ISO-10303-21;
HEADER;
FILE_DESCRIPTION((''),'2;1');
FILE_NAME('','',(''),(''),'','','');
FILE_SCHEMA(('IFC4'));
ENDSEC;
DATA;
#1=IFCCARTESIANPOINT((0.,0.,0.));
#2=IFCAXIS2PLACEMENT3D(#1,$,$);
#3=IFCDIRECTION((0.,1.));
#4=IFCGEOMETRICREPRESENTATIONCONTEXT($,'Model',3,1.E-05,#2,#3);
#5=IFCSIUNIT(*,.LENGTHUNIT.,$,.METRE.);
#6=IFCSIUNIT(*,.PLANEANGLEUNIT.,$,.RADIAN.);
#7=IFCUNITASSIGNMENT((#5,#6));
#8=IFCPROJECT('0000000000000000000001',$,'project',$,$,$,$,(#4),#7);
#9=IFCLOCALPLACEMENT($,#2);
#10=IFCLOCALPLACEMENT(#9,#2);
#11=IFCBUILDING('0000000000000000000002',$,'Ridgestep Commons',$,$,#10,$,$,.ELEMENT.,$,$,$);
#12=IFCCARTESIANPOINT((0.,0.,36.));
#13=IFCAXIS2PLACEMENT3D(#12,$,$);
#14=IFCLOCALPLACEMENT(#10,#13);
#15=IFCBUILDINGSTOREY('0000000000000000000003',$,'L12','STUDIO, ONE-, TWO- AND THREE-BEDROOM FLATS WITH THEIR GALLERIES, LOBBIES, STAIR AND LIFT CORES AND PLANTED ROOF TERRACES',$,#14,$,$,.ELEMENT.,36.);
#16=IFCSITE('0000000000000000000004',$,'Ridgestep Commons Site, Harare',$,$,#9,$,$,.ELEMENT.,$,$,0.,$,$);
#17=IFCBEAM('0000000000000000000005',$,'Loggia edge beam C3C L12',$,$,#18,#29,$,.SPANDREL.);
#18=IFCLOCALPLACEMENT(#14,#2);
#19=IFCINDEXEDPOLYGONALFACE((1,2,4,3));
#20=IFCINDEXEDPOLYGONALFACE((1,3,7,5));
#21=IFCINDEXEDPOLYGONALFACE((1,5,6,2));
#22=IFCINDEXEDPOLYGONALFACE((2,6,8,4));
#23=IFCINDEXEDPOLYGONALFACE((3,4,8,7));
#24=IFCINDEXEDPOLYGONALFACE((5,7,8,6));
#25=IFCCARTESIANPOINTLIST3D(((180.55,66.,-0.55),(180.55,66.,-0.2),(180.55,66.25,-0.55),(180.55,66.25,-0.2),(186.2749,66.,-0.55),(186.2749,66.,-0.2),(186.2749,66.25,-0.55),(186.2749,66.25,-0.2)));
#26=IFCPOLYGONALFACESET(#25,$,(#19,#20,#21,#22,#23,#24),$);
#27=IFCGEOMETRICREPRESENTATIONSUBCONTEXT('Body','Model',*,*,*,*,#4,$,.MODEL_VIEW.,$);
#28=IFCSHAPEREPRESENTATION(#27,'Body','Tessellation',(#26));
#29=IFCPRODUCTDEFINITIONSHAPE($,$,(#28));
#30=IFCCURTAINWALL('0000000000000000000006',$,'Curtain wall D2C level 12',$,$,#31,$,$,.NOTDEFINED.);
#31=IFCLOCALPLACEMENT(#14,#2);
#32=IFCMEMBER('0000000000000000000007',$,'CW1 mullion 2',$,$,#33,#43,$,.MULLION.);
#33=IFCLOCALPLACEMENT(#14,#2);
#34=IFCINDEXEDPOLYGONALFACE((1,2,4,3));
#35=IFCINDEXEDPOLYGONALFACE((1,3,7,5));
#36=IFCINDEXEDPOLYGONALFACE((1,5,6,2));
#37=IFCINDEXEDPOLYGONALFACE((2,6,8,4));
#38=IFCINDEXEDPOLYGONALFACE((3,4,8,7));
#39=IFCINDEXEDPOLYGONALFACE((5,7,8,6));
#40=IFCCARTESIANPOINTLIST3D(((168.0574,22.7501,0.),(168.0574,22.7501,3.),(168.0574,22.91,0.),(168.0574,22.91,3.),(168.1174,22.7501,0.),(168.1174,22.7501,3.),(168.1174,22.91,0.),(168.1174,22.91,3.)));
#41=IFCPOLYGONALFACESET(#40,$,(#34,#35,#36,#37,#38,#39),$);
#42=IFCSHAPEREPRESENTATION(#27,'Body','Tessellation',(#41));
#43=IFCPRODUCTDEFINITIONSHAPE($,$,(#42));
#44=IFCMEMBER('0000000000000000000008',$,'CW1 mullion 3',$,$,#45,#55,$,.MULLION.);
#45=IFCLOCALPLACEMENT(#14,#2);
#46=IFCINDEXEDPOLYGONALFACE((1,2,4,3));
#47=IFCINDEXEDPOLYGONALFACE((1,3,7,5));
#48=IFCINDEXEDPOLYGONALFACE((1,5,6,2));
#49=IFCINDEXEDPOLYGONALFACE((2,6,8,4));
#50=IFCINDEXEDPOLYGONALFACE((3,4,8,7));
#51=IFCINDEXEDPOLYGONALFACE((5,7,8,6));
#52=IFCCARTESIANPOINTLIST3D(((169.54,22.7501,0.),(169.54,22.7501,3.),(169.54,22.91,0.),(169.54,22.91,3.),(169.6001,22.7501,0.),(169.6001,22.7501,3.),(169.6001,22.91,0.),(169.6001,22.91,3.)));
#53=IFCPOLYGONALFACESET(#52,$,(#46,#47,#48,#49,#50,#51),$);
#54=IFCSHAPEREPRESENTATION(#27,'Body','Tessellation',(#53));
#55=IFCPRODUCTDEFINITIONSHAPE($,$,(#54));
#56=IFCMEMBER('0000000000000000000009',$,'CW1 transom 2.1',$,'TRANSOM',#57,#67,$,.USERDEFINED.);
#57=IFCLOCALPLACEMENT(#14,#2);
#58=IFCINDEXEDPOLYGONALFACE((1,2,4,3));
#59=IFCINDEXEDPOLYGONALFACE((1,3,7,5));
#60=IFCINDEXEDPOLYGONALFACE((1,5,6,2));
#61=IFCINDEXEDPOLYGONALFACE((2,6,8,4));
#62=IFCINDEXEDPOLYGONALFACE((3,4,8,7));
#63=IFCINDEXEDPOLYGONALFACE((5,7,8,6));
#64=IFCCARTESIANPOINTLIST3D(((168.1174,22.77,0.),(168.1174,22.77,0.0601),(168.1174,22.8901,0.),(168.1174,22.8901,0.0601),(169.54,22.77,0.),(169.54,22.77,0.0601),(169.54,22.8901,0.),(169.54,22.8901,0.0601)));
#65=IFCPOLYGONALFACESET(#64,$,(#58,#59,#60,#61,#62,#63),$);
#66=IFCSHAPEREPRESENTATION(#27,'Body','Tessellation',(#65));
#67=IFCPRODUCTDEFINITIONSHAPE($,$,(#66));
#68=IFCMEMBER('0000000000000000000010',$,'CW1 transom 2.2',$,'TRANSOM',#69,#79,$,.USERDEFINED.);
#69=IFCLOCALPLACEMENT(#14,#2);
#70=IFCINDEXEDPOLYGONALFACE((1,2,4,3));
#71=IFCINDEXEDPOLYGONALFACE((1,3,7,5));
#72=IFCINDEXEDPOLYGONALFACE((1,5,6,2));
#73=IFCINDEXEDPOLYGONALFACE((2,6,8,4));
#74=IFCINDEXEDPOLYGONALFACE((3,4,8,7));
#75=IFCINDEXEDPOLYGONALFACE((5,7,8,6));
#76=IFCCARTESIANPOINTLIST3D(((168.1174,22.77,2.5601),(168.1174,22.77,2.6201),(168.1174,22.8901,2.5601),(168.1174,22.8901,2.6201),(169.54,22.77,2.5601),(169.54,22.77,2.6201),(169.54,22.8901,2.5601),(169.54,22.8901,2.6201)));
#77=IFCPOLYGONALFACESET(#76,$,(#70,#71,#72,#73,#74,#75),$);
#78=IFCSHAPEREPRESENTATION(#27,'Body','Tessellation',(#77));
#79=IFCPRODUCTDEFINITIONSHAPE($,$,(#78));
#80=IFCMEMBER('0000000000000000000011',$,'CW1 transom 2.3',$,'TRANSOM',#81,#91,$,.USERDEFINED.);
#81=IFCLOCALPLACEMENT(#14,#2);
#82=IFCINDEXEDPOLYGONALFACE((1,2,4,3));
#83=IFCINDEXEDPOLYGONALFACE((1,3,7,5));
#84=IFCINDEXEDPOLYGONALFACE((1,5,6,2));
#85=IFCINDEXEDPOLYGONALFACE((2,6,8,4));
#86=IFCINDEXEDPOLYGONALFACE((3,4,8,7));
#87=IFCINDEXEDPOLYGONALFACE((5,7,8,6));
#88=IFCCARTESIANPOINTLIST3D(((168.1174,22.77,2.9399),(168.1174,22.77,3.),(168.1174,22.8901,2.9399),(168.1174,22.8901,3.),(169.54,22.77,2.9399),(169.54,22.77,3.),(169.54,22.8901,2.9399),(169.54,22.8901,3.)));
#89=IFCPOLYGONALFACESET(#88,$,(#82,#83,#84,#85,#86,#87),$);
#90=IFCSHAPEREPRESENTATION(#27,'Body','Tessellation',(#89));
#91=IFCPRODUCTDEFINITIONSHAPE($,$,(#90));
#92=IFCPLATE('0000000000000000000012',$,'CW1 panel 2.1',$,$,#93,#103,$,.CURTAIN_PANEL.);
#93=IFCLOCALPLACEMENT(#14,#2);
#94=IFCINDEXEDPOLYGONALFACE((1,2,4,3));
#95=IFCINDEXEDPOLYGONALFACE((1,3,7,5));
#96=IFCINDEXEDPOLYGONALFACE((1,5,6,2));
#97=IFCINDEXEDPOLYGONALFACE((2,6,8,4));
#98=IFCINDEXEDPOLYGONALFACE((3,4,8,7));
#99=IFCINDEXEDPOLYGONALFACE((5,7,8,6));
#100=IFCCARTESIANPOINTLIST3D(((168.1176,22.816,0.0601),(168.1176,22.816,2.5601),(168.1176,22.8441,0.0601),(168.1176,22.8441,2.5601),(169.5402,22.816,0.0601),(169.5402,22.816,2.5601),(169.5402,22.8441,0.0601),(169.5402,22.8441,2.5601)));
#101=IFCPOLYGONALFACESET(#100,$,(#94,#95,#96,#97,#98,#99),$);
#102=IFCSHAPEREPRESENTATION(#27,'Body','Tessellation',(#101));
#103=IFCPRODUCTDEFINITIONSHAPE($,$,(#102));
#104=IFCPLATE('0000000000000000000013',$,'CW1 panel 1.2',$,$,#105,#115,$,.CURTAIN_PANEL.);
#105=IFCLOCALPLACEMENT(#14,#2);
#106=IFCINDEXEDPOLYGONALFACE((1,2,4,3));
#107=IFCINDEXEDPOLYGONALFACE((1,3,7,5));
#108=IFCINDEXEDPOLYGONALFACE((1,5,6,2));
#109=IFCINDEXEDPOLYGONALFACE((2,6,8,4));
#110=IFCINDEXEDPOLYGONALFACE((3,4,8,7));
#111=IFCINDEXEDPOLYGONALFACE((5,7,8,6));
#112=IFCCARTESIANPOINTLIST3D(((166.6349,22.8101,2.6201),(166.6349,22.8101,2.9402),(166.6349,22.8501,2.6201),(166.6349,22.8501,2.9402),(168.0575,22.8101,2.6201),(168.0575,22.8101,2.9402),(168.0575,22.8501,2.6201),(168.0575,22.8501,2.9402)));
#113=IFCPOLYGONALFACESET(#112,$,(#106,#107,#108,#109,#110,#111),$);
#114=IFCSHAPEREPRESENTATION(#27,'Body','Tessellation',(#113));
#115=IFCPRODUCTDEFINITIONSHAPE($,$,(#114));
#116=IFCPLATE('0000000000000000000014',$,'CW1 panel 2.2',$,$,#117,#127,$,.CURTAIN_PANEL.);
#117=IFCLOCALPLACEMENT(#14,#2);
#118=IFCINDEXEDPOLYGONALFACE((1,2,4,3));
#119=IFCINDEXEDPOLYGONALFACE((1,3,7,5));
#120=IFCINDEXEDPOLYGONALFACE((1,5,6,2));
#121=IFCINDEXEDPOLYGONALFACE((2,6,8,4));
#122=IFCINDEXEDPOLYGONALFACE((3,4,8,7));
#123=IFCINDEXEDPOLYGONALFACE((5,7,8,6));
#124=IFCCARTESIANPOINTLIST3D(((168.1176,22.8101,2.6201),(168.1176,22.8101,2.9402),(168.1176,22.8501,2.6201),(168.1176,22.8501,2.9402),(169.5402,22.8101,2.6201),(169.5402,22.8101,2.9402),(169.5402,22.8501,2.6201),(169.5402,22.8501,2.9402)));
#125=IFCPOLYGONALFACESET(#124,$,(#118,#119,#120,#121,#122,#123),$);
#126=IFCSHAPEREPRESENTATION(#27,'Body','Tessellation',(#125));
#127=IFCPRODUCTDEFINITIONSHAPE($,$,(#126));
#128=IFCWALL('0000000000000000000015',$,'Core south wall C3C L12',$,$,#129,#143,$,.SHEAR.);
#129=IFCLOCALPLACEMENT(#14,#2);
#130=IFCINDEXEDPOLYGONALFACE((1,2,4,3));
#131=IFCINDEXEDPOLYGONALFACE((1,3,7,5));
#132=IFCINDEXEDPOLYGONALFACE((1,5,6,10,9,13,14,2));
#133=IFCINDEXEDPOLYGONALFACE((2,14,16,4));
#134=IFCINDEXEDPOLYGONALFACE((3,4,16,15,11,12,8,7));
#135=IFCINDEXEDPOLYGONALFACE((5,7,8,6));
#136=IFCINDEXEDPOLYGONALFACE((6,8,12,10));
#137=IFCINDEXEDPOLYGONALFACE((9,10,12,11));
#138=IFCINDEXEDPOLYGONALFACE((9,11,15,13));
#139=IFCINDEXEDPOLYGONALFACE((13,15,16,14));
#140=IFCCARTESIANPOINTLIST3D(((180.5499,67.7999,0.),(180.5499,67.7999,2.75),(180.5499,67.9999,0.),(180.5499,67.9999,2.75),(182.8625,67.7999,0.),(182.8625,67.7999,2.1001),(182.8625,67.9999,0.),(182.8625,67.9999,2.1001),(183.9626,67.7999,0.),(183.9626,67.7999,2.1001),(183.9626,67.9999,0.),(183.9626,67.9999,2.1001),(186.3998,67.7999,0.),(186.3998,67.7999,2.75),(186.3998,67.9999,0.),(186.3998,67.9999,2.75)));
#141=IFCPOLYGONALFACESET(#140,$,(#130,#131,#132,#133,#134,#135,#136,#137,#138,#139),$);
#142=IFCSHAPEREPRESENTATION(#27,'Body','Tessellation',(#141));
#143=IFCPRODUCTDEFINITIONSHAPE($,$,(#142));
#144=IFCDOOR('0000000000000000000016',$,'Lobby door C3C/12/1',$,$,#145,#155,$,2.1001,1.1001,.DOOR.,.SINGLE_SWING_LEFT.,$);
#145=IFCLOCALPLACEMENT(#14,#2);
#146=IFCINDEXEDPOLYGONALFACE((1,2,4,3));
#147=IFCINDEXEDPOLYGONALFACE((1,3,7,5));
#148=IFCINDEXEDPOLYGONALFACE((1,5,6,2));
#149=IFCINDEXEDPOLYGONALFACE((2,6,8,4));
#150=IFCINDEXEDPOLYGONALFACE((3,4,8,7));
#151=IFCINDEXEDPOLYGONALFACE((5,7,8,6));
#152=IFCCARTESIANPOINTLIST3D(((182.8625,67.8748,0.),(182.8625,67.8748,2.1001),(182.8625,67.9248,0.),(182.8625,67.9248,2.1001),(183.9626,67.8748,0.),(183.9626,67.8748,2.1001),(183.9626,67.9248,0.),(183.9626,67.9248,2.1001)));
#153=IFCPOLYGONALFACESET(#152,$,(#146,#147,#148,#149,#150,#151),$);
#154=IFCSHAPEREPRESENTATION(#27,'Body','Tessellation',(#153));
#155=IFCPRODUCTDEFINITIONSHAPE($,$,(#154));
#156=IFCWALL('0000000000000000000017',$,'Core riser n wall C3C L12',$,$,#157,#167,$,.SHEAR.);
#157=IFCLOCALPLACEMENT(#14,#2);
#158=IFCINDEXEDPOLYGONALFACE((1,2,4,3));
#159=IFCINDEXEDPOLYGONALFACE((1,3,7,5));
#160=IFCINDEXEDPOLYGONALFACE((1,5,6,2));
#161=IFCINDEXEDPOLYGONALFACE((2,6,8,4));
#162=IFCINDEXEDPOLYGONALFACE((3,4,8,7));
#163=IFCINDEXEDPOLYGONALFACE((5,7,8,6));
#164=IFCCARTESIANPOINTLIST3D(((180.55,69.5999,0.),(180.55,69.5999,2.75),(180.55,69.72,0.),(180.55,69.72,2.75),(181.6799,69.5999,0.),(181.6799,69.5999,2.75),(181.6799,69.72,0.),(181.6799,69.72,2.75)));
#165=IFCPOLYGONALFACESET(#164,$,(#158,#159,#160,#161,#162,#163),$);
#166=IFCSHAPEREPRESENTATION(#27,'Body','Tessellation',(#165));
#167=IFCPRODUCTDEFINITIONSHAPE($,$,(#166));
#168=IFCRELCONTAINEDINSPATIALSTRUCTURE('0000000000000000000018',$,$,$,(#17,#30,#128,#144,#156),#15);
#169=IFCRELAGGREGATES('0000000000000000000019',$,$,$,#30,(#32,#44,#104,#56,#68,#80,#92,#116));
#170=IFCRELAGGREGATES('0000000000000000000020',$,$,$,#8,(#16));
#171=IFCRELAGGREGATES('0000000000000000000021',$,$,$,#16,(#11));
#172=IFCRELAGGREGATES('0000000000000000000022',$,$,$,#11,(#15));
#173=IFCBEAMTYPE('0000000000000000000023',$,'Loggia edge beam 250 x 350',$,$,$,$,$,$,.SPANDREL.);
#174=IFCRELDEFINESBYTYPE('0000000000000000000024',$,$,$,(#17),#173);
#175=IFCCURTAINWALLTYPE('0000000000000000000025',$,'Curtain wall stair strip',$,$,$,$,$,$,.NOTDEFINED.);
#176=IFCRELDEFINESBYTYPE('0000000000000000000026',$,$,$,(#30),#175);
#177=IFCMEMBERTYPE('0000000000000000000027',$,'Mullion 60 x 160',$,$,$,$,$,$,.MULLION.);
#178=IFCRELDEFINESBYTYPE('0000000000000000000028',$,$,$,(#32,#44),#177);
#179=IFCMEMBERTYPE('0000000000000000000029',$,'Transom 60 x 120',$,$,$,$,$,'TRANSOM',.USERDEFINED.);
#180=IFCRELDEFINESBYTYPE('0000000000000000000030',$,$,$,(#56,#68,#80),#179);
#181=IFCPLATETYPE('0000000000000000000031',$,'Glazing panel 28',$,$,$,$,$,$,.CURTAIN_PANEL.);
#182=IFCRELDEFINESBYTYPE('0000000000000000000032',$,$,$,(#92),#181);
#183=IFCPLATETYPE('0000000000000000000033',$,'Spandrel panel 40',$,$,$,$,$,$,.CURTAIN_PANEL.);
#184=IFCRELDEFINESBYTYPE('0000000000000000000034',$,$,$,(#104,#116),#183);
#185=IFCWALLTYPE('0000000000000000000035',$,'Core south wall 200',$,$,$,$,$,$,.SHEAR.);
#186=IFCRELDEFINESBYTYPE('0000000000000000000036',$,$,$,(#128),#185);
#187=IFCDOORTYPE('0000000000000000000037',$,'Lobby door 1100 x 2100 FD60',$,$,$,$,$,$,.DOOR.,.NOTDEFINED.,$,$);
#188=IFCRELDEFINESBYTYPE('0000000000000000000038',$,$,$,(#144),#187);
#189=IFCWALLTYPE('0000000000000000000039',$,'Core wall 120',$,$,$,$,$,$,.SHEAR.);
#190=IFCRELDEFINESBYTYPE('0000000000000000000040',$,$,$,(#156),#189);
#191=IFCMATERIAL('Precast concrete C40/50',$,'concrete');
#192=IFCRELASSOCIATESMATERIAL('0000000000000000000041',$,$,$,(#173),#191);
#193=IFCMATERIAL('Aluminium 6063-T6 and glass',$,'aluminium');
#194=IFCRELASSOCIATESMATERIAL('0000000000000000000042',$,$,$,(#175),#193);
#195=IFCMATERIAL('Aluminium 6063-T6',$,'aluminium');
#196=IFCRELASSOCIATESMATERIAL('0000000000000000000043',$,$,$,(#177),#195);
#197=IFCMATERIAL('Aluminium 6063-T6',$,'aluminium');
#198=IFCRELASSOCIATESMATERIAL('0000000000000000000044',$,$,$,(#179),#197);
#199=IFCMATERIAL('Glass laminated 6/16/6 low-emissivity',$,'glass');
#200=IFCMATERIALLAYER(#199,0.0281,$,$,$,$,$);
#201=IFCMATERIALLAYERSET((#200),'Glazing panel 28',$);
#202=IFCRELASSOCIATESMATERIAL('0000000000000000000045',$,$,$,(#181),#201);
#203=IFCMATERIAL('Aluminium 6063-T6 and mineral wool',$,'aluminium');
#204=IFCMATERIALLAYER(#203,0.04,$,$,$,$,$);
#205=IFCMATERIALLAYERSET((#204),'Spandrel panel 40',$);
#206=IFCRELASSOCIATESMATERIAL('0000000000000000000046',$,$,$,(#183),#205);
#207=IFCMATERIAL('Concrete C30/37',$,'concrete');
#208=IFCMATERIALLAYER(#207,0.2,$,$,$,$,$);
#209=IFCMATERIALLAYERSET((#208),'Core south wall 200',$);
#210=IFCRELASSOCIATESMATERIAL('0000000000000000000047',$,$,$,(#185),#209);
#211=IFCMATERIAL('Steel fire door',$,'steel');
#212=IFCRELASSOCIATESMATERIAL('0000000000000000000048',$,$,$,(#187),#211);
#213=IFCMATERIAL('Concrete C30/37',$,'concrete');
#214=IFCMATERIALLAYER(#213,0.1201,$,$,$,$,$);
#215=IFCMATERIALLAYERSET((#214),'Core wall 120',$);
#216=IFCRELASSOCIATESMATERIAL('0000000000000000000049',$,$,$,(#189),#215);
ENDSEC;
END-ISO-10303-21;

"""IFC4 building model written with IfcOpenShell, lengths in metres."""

from ifc_helpers import new_model, si_unit, direction, frame, frame_2d, origin, origin_2d, place, context, subcontext, project, spatial, rectangle, extrude, material, layer, layer_set, material_profile, profile_set, type_object, element, fill, aggregate, save


model = new_model("IFC4")

# Units and contexts
model_context = context("Model", 3, precision=1e-05, world=origin(), true_north=direction((0.0, 1.0)))
body_context = subcontext(model_context, "Body", "Model", "MODEL_VIEW")
ifc_project = project(units=[si_unit("LENGTHUNIT", "METRE"), si_unit("PLANEANGLEUNIT", "RADIAN")], contexts=[model_context])

# Site, building, storey
site_placement = place(None, origin())
site = spatial("IfcSite", under=ifc_project, at=site_placement, Name="Ridgestep Commons Site, Harare", CompositionType="ELEMENT", RefElevation=0.0)
building_placement = place(site_placement, origin())
building = spatial("IfcBuilding", under=site, at=building_placement, Name="Ridgestep Commons", CompositionType="ELEMENT")
storey_placement = place(building_placement, frame((0.0, 0.0, 36.0)))
storey = spatial("IfcBuildingStorey", under=building, at=storey_placement, Name="L12", Description="STUDIO, ONE-, TWO- AND THREE-BEDROOM FLATS WITH THEIR GALLERIES, LOBBIES, STAIR AND LIFT CORES AND PLANTED ROOF TERRACES", CompositionType="ELEMENT", Elevation=36.0)

# Beam
ifc_material_1 = material(Name="Precast concrete C40/50", Category="concrete")
ifc_material_profile_1 = material_profile(ifc_material_1, rectangle(XDim=0.25, YDim=0.3501, at=origin_2d()), Name="PC 250x350")
ifc_profile_set_1 = profile_set([ifc_material_profile_1], Name="Precast concrete C40/50")
beam_type = type_object("IfcBeamType", Name="Loggia edge beam 250 x 350", PredefinedType="SPANDREL", material=ifc_profile_set_1)
beam_placement = place(storey_placement, frame((180.55, 66.125, -0.375), z_axis=(1.0, 0.0, 0.0), x_axis=(0.0, 1.0, 0.0)))
element("IfcBeam", 1, at=beam_placement, inside=storey, type_object=beam_type, Name="Loggia edge beam C3C L12", PredefinedType="SPANDREL", context=body_context, shape_type="SweptSolid", body=[
    extrude(rectangle(XDim=0.25, YDim=0.3501, at=origin_2d()), origin(), (0.0, 0.0, 1.0), 5.7249),
])

# Curtain wall, members, plates
ifc_material_2 = material(Name="Aluminium 6063-T6 and glass", Category="aluminium")
curtain_wall_type = type_object("IfcCurtainWallType", Name="Curtain wall stair strip", PredefinedType="NOTDEFINED", material=ifc_material_2)
curtain_wall_placement = place(storey_placement, origin())
curtain_wall = element("IfcCurtainWall", 2, at=curtain_wall_placement, inside=storey, type_object=curtain_wall_type, Name="Curtain wall D2C level 12", PredefinedType="NOTDEFINED")
ifc_material_3 = material(Name="Aluminium 6063-T6", Category="aluminium")
ifc_material_profile_2 = material_profile(ifc_material_3, rectangle(XDim=0.1599, YDim=0.0601, at=origin_2d()), Name="Mullion 60 x 160")
ifc_profile_set_2 = profile_set([ifc_material_profile_2], Name="Aluminium 6063-T6")
member_type_1 = type_object("IfcMemberType", Name="Mullion 60 x 160", PredefinedType="MULLION", material=ifc_profile_set_2)
member_1_placement = place(storey_placement, frame((168.0874, 22.8301, 0.0), z_axis=(0.0, 0.0, 1.0), x_axis=(0.0, 1.0, 0.0)))
member_1 = element("IfcMember", 3, at=member_1_placement, type_object=member_type_1, Name="CW1 mullion 2", PredefinedType="MULLION", context=body_context, shape_type="SweptSolid", body=[
    extrude(rectangle(XDim=0.1599, YDim=0.0601, at=origin_2d()), origin(), (0.0, 0.0, 1.0), 3.0),
])
member_2_placement = place(storey_placement, frame((169.5701, 22.8301, 0.0), z_axis=(0.0, 0.0, 1.0), x_axis=(0.0, 1.0, 0.0)))
member_2 = element("IfcMember", 4, at=member_2_placement, type_object=member_type_1, Name="CW1 mullion 3", PredefinedType="MULLION", context=body_context, shape_type="SweptSolid", body=[
    extrude(rectangle(XDim=0.1599, YDim=0.0601, at=origin_2d()), origin(), (0.0, 0.0, 1.0), 3.0),
])
ifc_material_4 = material(Name="Aluminium 6063-T6", Category="aluminium")
ifc_material_profile_3 = material_profile(ifc_material_4, rectangle(XDim=0.1201, YDim=0.0601, at=origin_2d()), Name="Transom 60 x 120")
ifc_profile_set_3 = profile_set([ifc_material_profile_3], Name="Aluminium 6063-T6")
member_type_2 = type_object("IfcMemberType", Name="Transom 60 x 120", ElementType="TRANSOM", PredefinedType="USERDEFINED", material=ifc_profile_set_3)
member_3_placement = place(storey_placement, frame((168.1174, 22.8301, 0.03), z_axis=(1.0, 0.0, 0.0), x_axis=(0.0, 1.0, 0.0)))
member_3 = element("IfcMember", 5, at=member_3_placement, type_object=member_type_2, Name="CW1 transom 2.1", ObjectType="TRANSOM", PredefinedType="USERDEFINED", context=body_context, shape_type="SweptSolid", body=[
    extrude(rectangle(XDim=0.1201, YDim=0.0601, at=origin_2d()), origin(), (0.0, 0.0, 1.0), 1.4226),
])
member_4_placement = place(storey_placement, frame((168.1174, 22.8301, 2.5901), z_axis=(1.0, 0.0, 0.0), x_axis=(0.0, 1.0, 0.0)))
member_4 = element("IfcMember", 6, at=member_4_placement, type_object=member_type_2, Name="CW1 transom 2.2", ObjectType="TRANSOM", PredefinedType="USERDEFINED", context=body_context, shape_type="SweptSolid", body=[
    extrude(rectangle(XDim=0.1201, YDim=0.0601, at=origin_2d()), origin(), (0.0, 0.0, 1.0), 1.4226),
])
member_5_placement = place(storey_placement, frame((168.1174, 22.8301, 2.97), z_axis=(1.0, 0.0, 0.0), x_axis=(0.0, 1.0, 0.0)))
member_5 = element("IfcMember", 7, at=member_5_placement, type_object=member_type_2, Name="CW1 transom 2.3", ObjectType="TRANSOM", PredefinedType="USERDEFINED", context=body_context, shape_type="SweptSolid", body=[
    extrude(rectangle(XDim=0.1201, YDim=0.0601, at=origin_2d()), origin(), (0.0, 0.0, 1.0), 1.4226),
])
ifc_material_5 = material(Name="Glass laminated 6/16/6 low-emissivity", Category="glass")
ifc_layer_1 = layer(ifc_material_5, 0.0281)
ifc_layer_set_1 = layer_set([ifc_layer_1], Name="Glazing panel 28")
plate_type_1 = type_object("IfcPlateType", Name="Glazing panel 28", PredefinedType="CURTAIN_PANEL", material=ifc_layer_set_1)
plate_1_placement = place(storey_placement, frame((168.8289, 22.8301, 0.0601), z_axis=(0.0, 0.0, 1.0), x_axis=(1.0, 0.0, 0.0)))
plate_1 = element("IfcPlate", 8, at=plate_1_placement, type_object=plate_type_1, Name="CW1 panel 2.1", PredefinedType="CURTAIN_PANEL", context=body_context, shape_type="SweptSolid", body=[
    extrude(rectangle(XDim=1.4226, YDim=0.0281, at=origin_2d()), origin(), (0.0, 0.0, 1.0), 2.5),
])
ifc_material_6 = material(Name="Aluminium 6063-T6 and mineral wool", Category="aluminium")
ifc_layer_2 = layer(ifc_material_6, 0.04)
ifc_layer_set_2 = layer_set([ifc_layer_2], Name="Spandrel panel 40")
plate_type_2 = type_object("IfcPlateType", Name="Spandrel panel 40", PredefinedType="CURTAIN_PANEL", material=ifc_layer_set_2)
plate_2_placement = place(storey_placement, frame((167.3462, 22.8301, 2.6201), z_axis=(0.0, 0.0, 1.0), x_axis=(1.0, 0.0, 0.0)))
plate_2 = element("IfcPlate", 9, at=plate_2_placement, type_object=plate_type_2, Name="CW1 panel 1.2", PredefinedType="CURTAIN_PANEL", context=body_context, shape_type="SweptSolid", body=[
    extrude(rectangle(XDim=1.4226, YDim=0.04, at=origin_2d()), origin(), (0.0, 0.0, 1.0), 0.3201),
])
plate_3_placement = place(storey_placement, frame((168.8289, 22.8301, 2.6201), z_axis=(0.0, 0.0, 1.0), x_axis=(1.0, 0.0, 0.0)))
plate_3 = element("IfcPlate", 10, at=plate_3_placement, type_object=plate_type_2, Name="CW1 panel 2.2", PredefinedType="CURTAIN_PANEL", context=body_context, shape_type="SweptSolid", body=[
    extrude(rectangle(XDim=1.4226, YDim=0.04, at=origin_2d()), origin(), (0.0, 0.0, 1.0), 0.3201),
])
aggregate(curtain_wall, [member_1, member_2, plate_2, member_3, member_4, member_5, plate_1, plate_3])

# Wall, opening, door
ifc_material_7 = material(Name="Concrete C30/37", Category="concrete")
ifc_layer_3 = layer(ifc_material_7, 0.2)
ifc_layer_set_3 = layer_set([ifc_layer_3], Name="Core south wall 200")
wall_type_1 = type_object("IfcWallType", Name="Core south wall 200", PredefinedType="SHEAR", material=ifc_layer_set_3)
wall_1_placement = place(storey_placement, frame((180.55, 67.8999, 0.0), z_axis=(0.0, 0.0, 1.0), x_axis=(1.0, 0.0, 0.0)))
wall_1 = element("IfcWall", 11, at=wall_1_placement, inside=storey, type_object=wall_type_1, Name="Core south wall C3C L12", PredefinedType="SHEAR", context=body_context, shape_type="SweptSolid", body=[
    extrude(rectangle(XDim=5.8499, YDim=0.2, at=frame_2d((2.9248, 0.0))), origin(), (0.0, 0.0, 1.0), 2.75),
])
opening_1_placement = place(wall_1_placement, frame((2.3125, 0.0, 0.0)))
opening_1 = element("IfcOpeningElement", 12, at=opening_1_placement, cuts=wall_1, PredefinedType="OPENING", context=body_context, shape_type="SweptSolid", body=[
    extrude(rectangle(XDim=1.1001, YDim=2.1001, at=frame_2d((0.55, 1.05))), frame((0.0, 0.1099, 0.0), z_axis=(0.0, -1.0, 0.0), x_axis=(1.0, 0.0, 0.0)), (0.0, 0.0, 1.0), 0.22),
])
ifc_material_8 = material(Name="Steel fire door", Category="steel")
door_type_1 = type_object("IfcDoorType", Name="Lobby door 1100 x 2100 FD60", OperationType="NOTDEFINED", PredefinedType="DOOR", material=ifc_material_8)
door_1_placement = place(opening_1_placement, origin())
door_1 = element("IfcDoor", 13, at=door_1_placement, inside=storey, type_object=door_type_1, Name="Lobby door C3C/12/1", OperationType="SINGLE_SWING_LEFT", OverallHeight=2.1001, OverallWidth=1.1001, PredefinedType="DOOR", context=body_context, shape_type="SweptSolid", body=[
    extrude(rectangle(XDim=1.1001, YDim=2.1001, at=frame_2d((0.55, 1.05))), frame((0.0, 0.0249, 0.0), z_axis=(0.0, -1.0, 0.0), x_axis=(1.0, 0.0, 0.0)), (0.0, 0.0, 1.0), 0.05),
])
fill(opening_1, door_1)

# Wall
ifc_material_9 = material(Name="Concrete C30/37", Category="concrete")
ifc_layer_4 = layer(ifc_material_9, 0.1201)
ifc_layer_set_4 = layer_set([ifc_layer_4], Name="Core wall 120")
wall_type_2 = type_object("IfcWallType", Name="Core wall 120", PredefinedType="SHEAR", material=ifc_layer_set_4)
wall_2_placement = place(storey_placement, frame((180.55, 69.6599, 0.0), z_axis=(0.0, 0.0, 1.0), x_axis=(1.0, 0.0, 0.0)))
element("IfcWall", 14, at=wall_2_placement, inside=storey, type_object=wall_type_2, Name="Core riser n wall C3C L12", PredefinedType="SHEAR", context=body_context, shape_type="SweptSolid", body=[
    extrude(rectangle(XDim=1.1299, YDim=0.1201, at=frame_2d((0.5649, 0.0))), origin(), (0.0, 0.0, 1.0), 2.75),
])

save(model, "model.ifc")
